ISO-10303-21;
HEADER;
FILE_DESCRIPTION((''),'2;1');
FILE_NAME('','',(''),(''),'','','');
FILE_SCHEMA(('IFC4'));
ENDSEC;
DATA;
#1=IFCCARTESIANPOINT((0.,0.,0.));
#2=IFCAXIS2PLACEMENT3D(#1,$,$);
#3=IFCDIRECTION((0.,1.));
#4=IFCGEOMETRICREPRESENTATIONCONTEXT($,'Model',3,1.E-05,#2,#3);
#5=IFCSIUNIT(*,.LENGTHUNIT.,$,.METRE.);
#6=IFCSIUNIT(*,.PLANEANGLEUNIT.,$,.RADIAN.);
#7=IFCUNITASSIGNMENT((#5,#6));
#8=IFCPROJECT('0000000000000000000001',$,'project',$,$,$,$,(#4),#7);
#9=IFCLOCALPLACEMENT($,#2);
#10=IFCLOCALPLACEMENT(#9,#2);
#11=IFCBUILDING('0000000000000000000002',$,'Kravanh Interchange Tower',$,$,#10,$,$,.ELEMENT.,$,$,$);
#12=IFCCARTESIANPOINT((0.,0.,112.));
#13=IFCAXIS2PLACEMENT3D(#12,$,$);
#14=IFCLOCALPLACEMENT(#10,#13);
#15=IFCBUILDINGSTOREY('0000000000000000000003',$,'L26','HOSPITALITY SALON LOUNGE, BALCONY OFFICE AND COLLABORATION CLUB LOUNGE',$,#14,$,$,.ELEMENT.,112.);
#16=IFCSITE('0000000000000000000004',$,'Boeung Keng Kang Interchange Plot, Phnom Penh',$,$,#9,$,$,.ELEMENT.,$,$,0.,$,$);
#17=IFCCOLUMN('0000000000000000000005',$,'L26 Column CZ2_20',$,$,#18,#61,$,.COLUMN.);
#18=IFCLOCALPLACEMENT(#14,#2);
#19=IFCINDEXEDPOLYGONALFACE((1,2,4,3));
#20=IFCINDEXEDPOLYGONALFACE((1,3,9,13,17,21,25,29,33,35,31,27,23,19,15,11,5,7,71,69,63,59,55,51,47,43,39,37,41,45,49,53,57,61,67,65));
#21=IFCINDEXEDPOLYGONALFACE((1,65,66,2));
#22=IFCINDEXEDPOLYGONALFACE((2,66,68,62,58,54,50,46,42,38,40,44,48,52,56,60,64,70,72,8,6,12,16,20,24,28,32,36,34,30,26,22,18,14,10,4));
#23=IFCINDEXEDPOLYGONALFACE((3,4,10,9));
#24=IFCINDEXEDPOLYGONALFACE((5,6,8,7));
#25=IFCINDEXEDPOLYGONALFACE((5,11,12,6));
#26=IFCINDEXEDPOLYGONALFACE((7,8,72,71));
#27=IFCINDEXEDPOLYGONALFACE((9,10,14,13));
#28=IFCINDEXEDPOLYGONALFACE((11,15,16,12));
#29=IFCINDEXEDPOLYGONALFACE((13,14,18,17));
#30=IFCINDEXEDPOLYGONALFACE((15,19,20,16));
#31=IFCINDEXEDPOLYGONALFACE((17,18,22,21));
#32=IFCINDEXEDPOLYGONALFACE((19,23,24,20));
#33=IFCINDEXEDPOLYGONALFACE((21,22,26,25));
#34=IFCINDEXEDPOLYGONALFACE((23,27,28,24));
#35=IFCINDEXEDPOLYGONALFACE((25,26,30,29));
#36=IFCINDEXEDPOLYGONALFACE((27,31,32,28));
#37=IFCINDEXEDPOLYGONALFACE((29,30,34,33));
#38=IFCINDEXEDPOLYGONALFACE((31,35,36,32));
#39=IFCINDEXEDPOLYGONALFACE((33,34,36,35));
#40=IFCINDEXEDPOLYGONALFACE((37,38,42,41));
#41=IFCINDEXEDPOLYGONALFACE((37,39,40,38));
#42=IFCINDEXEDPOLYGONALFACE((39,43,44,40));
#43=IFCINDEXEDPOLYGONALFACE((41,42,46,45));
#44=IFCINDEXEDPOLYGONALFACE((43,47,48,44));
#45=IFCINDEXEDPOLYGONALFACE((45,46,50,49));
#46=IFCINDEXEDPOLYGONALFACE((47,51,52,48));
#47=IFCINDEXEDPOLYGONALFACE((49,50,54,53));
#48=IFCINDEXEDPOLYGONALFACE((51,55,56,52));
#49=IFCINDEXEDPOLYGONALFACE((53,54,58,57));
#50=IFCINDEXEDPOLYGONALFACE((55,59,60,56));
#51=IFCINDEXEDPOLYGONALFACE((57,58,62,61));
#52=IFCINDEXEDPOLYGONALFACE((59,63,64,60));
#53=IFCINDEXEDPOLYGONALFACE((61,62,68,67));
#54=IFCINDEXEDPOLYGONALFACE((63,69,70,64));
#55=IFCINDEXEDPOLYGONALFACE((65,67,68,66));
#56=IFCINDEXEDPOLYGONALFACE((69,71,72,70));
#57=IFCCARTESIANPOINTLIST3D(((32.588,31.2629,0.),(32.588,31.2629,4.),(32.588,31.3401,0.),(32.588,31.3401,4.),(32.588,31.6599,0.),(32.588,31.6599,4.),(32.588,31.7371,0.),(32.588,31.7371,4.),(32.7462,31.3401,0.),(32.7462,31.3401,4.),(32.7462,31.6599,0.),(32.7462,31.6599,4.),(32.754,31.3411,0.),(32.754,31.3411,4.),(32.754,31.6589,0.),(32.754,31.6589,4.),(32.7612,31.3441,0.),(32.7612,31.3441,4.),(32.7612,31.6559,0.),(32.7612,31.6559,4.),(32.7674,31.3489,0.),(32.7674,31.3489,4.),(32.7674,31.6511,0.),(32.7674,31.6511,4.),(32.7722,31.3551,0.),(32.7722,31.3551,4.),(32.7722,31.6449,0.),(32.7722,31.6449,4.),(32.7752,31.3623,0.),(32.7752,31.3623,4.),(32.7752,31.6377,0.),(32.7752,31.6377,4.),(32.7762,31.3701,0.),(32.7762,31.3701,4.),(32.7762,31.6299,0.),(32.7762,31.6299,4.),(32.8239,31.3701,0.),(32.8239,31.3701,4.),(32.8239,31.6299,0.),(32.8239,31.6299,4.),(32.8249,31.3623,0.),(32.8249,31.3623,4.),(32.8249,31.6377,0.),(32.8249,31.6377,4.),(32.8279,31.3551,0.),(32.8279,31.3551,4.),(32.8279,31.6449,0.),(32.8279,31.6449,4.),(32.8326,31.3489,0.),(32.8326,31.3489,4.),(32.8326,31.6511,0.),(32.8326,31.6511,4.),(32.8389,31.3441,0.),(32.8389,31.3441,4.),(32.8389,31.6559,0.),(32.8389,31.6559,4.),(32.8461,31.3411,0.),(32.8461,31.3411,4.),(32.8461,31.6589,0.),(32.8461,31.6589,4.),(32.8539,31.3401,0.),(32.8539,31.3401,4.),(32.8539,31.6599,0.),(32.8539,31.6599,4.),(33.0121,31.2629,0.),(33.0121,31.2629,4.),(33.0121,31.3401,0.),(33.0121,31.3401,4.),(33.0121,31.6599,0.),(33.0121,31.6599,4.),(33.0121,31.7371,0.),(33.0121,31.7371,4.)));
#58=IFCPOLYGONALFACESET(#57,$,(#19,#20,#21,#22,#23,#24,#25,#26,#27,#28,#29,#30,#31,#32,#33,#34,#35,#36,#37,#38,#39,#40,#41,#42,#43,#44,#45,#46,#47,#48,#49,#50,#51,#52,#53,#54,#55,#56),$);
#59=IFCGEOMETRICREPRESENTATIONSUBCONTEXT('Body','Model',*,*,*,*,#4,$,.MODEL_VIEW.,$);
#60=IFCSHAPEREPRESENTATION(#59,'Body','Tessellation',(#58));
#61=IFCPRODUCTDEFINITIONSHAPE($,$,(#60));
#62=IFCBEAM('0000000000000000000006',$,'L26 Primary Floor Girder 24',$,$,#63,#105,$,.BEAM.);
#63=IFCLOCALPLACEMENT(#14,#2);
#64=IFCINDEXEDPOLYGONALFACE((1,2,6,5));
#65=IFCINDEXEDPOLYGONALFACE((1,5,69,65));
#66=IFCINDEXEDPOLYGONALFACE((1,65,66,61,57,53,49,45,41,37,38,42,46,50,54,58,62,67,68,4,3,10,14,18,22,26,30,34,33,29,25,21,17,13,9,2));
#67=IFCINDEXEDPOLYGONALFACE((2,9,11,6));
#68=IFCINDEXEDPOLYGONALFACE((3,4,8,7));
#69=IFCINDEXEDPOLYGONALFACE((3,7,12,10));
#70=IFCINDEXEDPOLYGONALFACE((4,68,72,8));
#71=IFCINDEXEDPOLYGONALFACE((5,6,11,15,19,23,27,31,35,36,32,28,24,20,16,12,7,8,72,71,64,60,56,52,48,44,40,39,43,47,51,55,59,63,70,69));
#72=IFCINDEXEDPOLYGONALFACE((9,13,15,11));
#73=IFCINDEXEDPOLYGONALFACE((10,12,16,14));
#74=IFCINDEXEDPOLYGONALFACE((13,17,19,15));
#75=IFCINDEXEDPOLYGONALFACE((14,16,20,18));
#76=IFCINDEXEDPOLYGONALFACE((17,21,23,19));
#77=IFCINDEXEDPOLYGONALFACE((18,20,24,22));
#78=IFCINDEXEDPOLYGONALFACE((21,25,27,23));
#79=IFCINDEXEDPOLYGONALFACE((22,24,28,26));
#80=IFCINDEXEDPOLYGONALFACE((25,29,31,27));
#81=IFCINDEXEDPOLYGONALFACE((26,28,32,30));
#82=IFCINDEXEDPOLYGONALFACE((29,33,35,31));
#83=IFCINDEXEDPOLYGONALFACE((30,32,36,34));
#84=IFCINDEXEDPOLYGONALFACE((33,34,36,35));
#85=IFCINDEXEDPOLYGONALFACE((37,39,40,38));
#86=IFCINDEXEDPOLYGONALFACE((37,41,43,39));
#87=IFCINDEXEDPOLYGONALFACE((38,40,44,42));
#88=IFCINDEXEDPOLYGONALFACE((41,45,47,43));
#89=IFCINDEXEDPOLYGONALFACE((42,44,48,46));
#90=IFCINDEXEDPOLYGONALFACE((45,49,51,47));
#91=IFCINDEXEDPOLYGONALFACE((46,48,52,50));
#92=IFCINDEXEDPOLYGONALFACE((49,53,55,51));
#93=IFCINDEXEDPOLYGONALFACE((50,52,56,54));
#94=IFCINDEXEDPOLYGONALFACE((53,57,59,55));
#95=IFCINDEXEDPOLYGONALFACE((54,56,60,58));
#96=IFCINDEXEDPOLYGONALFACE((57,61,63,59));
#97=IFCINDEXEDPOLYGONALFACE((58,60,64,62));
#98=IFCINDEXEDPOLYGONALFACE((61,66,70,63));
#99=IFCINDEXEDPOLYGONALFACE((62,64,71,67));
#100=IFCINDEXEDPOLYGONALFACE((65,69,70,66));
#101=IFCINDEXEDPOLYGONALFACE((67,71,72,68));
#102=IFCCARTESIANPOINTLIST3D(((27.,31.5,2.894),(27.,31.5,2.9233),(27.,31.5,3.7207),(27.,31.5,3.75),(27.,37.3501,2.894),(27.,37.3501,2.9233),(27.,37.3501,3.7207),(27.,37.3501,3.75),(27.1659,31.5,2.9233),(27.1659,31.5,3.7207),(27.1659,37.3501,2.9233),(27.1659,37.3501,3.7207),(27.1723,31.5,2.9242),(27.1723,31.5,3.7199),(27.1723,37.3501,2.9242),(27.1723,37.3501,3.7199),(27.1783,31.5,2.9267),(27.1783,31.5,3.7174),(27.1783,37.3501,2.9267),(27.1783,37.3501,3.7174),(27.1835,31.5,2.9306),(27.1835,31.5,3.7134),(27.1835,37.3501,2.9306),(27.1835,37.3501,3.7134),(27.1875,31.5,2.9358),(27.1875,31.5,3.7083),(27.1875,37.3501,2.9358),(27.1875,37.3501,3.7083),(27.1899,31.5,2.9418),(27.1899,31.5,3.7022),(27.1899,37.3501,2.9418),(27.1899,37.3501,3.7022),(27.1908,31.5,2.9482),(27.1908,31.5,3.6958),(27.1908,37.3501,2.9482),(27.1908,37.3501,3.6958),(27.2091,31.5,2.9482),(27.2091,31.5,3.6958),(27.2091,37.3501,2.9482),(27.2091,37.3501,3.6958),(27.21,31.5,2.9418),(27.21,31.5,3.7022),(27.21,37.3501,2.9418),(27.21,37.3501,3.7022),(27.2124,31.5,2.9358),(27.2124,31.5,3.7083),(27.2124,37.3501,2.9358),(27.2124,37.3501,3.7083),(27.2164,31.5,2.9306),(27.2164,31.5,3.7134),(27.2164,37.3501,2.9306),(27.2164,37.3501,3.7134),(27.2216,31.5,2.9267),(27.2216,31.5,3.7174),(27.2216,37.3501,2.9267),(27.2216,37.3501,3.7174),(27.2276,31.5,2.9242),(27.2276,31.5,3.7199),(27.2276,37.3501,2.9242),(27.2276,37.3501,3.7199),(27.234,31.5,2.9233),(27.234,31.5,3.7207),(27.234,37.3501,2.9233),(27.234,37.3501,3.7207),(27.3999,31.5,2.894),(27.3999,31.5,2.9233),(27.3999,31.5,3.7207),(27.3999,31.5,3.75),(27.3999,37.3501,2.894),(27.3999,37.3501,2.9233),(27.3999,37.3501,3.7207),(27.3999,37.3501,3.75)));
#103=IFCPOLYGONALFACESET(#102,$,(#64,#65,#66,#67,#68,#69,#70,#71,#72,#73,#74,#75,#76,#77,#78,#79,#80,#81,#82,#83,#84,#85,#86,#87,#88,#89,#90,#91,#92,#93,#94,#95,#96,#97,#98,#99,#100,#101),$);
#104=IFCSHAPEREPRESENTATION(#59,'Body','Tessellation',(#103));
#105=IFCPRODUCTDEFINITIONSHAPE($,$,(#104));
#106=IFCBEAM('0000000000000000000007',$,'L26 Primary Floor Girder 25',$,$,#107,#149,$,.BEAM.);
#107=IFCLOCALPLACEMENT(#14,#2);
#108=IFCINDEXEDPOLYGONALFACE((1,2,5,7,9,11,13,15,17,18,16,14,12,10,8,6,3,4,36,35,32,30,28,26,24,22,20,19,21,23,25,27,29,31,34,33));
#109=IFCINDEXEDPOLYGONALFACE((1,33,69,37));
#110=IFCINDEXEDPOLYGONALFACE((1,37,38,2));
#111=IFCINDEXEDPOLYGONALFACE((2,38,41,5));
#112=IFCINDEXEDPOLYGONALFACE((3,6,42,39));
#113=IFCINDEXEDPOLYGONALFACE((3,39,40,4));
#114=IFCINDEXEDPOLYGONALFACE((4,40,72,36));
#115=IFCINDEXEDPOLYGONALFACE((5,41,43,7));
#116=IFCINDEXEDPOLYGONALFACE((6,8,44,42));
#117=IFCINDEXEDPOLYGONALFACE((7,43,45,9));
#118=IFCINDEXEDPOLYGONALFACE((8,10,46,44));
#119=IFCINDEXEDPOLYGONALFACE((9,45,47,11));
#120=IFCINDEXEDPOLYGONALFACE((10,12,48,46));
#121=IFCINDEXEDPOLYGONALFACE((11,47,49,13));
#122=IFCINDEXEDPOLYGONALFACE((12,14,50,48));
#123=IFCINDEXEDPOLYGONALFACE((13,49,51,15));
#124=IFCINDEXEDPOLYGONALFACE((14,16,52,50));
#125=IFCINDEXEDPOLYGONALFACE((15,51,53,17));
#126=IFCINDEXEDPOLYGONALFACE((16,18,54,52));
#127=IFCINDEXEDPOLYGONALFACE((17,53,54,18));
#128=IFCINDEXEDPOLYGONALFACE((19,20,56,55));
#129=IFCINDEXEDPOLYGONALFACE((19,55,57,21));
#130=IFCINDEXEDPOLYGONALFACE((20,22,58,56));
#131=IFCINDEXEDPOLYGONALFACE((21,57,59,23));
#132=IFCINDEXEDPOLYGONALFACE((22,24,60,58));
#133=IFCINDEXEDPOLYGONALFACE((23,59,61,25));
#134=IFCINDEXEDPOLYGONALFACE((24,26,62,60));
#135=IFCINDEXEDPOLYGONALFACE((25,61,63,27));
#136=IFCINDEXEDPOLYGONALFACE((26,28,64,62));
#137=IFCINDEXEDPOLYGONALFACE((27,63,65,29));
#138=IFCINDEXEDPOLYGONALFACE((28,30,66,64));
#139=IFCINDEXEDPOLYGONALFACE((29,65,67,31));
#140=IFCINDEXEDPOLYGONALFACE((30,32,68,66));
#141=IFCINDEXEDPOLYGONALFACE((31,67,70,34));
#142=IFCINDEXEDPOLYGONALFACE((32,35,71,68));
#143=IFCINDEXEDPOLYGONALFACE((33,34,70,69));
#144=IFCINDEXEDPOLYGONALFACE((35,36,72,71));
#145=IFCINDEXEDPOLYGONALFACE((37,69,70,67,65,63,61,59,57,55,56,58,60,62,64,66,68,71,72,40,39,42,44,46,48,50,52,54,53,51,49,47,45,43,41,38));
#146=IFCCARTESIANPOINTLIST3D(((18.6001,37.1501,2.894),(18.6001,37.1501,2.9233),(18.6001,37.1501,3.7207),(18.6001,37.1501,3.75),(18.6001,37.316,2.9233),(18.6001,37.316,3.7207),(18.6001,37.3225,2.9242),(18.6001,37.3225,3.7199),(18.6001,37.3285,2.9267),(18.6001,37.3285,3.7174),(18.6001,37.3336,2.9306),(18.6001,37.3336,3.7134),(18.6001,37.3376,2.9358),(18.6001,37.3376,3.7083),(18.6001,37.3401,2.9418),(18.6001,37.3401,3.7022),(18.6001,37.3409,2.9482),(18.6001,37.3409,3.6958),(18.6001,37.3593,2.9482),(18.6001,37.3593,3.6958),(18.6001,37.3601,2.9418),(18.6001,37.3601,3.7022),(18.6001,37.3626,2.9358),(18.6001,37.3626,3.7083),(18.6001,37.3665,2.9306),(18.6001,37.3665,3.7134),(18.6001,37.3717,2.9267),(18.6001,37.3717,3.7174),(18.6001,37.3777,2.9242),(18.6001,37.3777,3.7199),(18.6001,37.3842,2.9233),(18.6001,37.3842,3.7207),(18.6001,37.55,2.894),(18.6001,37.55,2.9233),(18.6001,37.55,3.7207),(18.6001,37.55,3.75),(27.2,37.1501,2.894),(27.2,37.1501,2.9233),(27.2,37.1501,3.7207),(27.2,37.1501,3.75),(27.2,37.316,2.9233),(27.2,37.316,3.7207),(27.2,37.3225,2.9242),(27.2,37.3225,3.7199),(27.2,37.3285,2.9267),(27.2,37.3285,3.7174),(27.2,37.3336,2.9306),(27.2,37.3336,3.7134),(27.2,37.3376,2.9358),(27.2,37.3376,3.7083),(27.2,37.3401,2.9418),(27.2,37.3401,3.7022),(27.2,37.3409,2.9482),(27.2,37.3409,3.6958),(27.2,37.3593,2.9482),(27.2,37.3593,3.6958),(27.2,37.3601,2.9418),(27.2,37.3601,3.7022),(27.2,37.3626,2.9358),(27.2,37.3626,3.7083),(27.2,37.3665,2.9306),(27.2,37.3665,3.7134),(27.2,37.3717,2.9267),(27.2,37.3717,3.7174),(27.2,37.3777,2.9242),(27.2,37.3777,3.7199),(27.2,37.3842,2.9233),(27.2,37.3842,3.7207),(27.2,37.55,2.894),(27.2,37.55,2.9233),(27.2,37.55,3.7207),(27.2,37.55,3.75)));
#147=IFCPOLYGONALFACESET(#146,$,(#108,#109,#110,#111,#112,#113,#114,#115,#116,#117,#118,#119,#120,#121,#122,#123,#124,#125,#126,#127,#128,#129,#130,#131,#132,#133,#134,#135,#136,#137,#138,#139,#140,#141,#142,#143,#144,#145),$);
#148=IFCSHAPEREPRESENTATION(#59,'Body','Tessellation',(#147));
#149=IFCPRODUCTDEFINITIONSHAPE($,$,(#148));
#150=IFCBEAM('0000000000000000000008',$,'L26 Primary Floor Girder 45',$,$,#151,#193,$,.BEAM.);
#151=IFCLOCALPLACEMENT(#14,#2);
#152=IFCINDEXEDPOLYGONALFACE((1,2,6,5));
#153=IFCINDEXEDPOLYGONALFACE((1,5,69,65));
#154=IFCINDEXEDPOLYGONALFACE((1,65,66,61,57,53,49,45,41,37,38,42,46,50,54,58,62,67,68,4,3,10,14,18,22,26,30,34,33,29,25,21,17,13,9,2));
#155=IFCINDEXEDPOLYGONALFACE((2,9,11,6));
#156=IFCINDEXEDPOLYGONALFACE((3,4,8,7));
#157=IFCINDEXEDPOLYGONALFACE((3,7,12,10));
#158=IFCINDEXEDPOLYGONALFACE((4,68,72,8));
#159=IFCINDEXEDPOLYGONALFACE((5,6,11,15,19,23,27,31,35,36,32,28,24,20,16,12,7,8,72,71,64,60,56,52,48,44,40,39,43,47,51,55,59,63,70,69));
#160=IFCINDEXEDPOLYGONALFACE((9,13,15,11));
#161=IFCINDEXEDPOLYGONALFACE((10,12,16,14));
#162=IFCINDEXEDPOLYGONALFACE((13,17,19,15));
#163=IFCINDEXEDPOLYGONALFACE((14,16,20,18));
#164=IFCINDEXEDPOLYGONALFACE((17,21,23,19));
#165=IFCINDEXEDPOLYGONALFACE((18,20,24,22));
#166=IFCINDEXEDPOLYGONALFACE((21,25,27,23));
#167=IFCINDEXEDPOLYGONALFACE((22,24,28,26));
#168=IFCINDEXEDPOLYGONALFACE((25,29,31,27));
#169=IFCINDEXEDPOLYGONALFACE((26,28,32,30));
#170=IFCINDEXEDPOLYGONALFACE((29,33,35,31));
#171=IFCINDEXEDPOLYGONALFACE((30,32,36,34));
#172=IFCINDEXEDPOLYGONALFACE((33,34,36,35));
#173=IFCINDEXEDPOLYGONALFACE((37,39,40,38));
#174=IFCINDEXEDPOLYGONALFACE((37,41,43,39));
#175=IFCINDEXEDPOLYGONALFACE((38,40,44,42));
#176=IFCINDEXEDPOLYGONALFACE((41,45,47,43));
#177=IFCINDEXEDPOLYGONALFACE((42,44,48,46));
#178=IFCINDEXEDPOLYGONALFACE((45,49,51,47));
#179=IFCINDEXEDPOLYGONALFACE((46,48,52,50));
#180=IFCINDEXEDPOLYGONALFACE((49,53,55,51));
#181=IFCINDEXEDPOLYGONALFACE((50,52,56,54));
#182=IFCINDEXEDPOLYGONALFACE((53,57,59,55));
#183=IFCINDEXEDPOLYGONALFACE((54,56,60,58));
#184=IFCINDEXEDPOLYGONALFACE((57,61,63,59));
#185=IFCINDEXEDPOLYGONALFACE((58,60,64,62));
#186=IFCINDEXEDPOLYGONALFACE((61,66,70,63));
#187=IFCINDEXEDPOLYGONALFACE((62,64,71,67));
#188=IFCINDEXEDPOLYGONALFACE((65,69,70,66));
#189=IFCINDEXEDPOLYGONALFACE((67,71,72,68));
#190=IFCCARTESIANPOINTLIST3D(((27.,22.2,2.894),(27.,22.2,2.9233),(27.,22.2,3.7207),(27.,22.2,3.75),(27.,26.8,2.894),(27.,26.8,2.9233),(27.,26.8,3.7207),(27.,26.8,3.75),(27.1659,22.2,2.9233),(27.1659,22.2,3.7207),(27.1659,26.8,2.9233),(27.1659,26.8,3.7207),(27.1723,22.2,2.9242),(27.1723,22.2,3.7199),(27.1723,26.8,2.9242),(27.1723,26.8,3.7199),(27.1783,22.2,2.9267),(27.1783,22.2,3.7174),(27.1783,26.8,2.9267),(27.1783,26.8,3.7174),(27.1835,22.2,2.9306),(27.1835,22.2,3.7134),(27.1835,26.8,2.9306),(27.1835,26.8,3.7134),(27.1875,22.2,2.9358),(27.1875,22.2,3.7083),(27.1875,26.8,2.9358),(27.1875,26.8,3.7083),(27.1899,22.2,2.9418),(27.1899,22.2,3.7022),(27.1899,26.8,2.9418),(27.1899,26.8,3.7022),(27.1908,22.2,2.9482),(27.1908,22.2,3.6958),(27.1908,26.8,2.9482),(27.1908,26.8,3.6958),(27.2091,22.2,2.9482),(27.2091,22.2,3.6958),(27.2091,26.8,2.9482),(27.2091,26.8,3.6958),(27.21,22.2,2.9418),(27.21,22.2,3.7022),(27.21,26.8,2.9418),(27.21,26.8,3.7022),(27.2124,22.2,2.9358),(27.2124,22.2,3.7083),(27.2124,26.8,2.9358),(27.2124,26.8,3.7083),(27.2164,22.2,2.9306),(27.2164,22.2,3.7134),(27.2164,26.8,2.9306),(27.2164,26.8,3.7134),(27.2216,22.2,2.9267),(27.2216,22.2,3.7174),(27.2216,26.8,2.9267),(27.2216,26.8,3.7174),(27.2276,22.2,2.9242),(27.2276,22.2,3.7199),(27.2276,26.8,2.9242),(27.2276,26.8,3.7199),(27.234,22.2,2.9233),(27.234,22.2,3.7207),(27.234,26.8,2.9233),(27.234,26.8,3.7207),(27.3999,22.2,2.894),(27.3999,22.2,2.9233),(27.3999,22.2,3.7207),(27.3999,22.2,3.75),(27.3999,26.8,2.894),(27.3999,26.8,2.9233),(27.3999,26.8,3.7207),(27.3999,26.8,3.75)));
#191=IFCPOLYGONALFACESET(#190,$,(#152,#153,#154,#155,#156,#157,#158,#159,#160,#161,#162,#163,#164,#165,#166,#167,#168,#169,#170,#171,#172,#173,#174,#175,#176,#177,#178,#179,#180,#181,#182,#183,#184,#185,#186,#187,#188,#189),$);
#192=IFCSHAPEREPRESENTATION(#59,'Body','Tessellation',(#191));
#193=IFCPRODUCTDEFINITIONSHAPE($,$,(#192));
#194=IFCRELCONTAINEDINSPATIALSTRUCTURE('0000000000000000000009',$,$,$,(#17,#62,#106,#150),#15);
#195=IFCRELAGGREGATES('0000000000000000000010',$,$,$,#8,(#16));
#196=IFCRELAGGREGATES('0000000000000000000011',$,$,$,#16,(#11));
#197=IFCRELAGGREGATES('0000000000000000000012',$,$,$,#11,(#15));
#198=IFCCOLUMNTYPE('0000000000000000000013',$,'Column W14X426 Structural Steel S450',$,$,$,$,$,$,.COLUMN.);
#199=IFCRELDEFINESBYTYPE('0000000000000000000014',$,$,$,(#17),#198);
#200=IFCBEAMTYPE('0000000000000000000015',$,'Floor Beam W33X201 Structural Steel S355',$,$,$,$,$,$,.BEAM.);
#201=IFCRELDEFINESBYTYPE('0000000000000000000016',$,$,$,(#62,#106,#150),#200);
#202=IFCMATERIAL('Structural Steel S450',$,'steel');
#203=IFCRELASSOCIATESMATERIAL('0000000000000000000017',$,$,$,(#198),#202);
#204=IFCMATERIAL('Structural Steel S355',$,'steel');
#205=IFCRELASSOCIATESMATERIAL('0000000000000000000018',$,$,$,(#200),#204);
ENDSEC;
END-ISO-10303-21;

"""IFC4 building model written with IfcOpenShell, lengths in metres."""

from ifc_helpers import new_model, si_unit, direction, frame, origin, origin_2d, place, context, subcontext, project, spatial, i_section, extrude, material, material_profile, profile_set, type_object, element, save


model = new_model("IFC4")

# Units and contexts
model_context = context("Model", 3, precision=1e-05, world=origin(), true_north=direction((0.0, 1.0)))
body_context = subcontext(model_context, "Body", "Model", "MODEL_VIEW")
ifc_project = project(units=[si_unit("LENGTHUNIT", "METRE"), si_unit("PLANEANGLEUNIT", "RADIAN")], contexts=[model_context])

# Site, building, storey
site_placement = place(None, origin())
site = spatial("IfcSite", under=ifc_project, at=site_placement, Name="Boeung Keng Kang Interchange Plot, Phnom Penh", CompositionType="ELEMENT", RefElevation=0.0)
building_placement = place(site_placement, origin())
building = spatial("IfcBuilding", under=site, at=building_placement, Name="Kravanh Interchange Tower", CompositionType="ELEMENT")
storey_placement = place(building_placement, frame((0.0, 0.0, 112.0)))
storey = spatial("IfcBuildingStorey", under=building, at=storey_placement, Name="L26", Description="HOSPITALITY SALON LOUNGE, BALCONY OFFICE AND COLLABORATION CLUB LOUNGE", CompositionType="ELEMENT", Elevation=112.0)

# Column
ifc_material_1 = material(Name="Structural Steel S450", Category="steel")
ifc_material_profile_1 = material_profile(ifc_material_1, i_section(OverallWidth=0.4241, OverallDepth=0.4741, WebThickness=0.0476, FlangeThickness=0.0771, FilletRadius=0.03, at=origin_2d()), Name="W14X426")
ifc_profile_set_1 = profile_set([ifc_material_profile_1], Name="Structural Steel S450")
column_type_1 = type_object("IfcColumnType", Name="Column W14X426 Structural Steel S450", PredefinedType="COLUMN", material=ifc_profile_set_1)
for number, where, z_axis, x_axis, name in (
    (1, (32.8, 31.5, 0.0), (0.0, 0.0, 1.0), (1.0, 0.0, 0.0), "L26 Column CZ2_20"),
):
    element("IfcColumn", number, at=place(storey_placement, frame(where, z_axis=z_axis, x_axis=x_axis)), inside=storey, type_object=column_type_1, Name=name, PredefinedType="COLUMN", context=body_context, shape_type="SweptSolid", body=[
        extrude(i_section(OverallWidth=0.4241, OverallDepth=0.4741, WebThickness=0.0476, FlangeThickness=0.0771, FilletRadius=0.03, at=origin_2d()), origin(), (0.0, 0.0, 1.0), 4.0),
    ])

# Beams
ifc_material_2 = material(Name="Structural Steel S355", Category="steel")
ifc_material_profile_2 = material_profile(ifc_material_2, i_section(OverallWidth=0.3999, OverallDepth=0.856, WebThickness=0.0183, FlangeThickness=0.0293, FilletRadius=0.0249, at=origin_2d()), Name="W33X201")
ifc_profile_set_2 = profile_set([ifc_material_profile_2], Name="Structural Steel S355")
beam_type_1 = type_object("IfcBeamType", Name="Floor Beam W33X201 Structural Steel S355", PredefinedType="BEAM", material=ifc_profile_set_2)
beam_1_placement = place(storey_placement, frame((27.2, 37.3501, 3.322), z_axis=(0.0, -1.0, 0.0), x_axis=(1.0, 0.0, 0.0)))
element("IfcBeam", 2, at=beam_1_placement, inside=storey, type_object=beam_type_1, Name="L26 Primary Floor Girder 24", PredefinedType="BEAM", context=body_context, shape_type="SweptSolid", body=[
    extrude(i_section(OverallWidth=0.3999, OverallDepth=0.856, WebThickness=0.0183, FlangeThickness=0.0293, FilletRadius=0.0249, at=origin_2d()), origin(), (0.0, 0.0, 1.0), 5.8501),
])
beam_2_placement = place(storey_placement, frame((27.2, 37.3501, 3.322), z_axis=(-1.0, 0.0, 0.0), x_axis=(0.0, -1.0, 0.0)))
element("IfcBeam", 3, at=beam_2_placement, inside=storey, type_object=beam_type_1, Name="L26 Primary Floor Girder 25", PredefinedType="BEAM", context=body_context, shape_type="SweptSolid", body=[
    extrude(i_section(OverallWidth=0.3999, OverallDepth=0.856, WebThickness=0.0183, FlangeThickness=0.0293, FilletRadius=0.0249, at=origin_2d()), origin(), (0.0, 0.0, 1.0), 8.5999),
])
beam_3_placement = place(storey_placement, frame((27.2, 26.8, 3.322), z_axis=(0.0, -1.0, 0.0), x_axis=(1.0, 0.0, 0.0)))
element("IfcBeam", 4, at=beam_3_placement, inside=storey, type_object=beam_type_1, Name="L26 Primary Floor Girder 45", PredefinedType="BEAM", context=body_context, shape_type="SweptSolid", body=[
    extrude(i_section(OverallWidth=0.3999, OverallDepth=0.856, WebThickness=0.0183, FlangeThickness=0.0293, FilletRadius=0.0249, at=origin_2d()), origin(), (0.0, 0.0, 1.0), 4.6001),
])

save(model, "model.ifc")
